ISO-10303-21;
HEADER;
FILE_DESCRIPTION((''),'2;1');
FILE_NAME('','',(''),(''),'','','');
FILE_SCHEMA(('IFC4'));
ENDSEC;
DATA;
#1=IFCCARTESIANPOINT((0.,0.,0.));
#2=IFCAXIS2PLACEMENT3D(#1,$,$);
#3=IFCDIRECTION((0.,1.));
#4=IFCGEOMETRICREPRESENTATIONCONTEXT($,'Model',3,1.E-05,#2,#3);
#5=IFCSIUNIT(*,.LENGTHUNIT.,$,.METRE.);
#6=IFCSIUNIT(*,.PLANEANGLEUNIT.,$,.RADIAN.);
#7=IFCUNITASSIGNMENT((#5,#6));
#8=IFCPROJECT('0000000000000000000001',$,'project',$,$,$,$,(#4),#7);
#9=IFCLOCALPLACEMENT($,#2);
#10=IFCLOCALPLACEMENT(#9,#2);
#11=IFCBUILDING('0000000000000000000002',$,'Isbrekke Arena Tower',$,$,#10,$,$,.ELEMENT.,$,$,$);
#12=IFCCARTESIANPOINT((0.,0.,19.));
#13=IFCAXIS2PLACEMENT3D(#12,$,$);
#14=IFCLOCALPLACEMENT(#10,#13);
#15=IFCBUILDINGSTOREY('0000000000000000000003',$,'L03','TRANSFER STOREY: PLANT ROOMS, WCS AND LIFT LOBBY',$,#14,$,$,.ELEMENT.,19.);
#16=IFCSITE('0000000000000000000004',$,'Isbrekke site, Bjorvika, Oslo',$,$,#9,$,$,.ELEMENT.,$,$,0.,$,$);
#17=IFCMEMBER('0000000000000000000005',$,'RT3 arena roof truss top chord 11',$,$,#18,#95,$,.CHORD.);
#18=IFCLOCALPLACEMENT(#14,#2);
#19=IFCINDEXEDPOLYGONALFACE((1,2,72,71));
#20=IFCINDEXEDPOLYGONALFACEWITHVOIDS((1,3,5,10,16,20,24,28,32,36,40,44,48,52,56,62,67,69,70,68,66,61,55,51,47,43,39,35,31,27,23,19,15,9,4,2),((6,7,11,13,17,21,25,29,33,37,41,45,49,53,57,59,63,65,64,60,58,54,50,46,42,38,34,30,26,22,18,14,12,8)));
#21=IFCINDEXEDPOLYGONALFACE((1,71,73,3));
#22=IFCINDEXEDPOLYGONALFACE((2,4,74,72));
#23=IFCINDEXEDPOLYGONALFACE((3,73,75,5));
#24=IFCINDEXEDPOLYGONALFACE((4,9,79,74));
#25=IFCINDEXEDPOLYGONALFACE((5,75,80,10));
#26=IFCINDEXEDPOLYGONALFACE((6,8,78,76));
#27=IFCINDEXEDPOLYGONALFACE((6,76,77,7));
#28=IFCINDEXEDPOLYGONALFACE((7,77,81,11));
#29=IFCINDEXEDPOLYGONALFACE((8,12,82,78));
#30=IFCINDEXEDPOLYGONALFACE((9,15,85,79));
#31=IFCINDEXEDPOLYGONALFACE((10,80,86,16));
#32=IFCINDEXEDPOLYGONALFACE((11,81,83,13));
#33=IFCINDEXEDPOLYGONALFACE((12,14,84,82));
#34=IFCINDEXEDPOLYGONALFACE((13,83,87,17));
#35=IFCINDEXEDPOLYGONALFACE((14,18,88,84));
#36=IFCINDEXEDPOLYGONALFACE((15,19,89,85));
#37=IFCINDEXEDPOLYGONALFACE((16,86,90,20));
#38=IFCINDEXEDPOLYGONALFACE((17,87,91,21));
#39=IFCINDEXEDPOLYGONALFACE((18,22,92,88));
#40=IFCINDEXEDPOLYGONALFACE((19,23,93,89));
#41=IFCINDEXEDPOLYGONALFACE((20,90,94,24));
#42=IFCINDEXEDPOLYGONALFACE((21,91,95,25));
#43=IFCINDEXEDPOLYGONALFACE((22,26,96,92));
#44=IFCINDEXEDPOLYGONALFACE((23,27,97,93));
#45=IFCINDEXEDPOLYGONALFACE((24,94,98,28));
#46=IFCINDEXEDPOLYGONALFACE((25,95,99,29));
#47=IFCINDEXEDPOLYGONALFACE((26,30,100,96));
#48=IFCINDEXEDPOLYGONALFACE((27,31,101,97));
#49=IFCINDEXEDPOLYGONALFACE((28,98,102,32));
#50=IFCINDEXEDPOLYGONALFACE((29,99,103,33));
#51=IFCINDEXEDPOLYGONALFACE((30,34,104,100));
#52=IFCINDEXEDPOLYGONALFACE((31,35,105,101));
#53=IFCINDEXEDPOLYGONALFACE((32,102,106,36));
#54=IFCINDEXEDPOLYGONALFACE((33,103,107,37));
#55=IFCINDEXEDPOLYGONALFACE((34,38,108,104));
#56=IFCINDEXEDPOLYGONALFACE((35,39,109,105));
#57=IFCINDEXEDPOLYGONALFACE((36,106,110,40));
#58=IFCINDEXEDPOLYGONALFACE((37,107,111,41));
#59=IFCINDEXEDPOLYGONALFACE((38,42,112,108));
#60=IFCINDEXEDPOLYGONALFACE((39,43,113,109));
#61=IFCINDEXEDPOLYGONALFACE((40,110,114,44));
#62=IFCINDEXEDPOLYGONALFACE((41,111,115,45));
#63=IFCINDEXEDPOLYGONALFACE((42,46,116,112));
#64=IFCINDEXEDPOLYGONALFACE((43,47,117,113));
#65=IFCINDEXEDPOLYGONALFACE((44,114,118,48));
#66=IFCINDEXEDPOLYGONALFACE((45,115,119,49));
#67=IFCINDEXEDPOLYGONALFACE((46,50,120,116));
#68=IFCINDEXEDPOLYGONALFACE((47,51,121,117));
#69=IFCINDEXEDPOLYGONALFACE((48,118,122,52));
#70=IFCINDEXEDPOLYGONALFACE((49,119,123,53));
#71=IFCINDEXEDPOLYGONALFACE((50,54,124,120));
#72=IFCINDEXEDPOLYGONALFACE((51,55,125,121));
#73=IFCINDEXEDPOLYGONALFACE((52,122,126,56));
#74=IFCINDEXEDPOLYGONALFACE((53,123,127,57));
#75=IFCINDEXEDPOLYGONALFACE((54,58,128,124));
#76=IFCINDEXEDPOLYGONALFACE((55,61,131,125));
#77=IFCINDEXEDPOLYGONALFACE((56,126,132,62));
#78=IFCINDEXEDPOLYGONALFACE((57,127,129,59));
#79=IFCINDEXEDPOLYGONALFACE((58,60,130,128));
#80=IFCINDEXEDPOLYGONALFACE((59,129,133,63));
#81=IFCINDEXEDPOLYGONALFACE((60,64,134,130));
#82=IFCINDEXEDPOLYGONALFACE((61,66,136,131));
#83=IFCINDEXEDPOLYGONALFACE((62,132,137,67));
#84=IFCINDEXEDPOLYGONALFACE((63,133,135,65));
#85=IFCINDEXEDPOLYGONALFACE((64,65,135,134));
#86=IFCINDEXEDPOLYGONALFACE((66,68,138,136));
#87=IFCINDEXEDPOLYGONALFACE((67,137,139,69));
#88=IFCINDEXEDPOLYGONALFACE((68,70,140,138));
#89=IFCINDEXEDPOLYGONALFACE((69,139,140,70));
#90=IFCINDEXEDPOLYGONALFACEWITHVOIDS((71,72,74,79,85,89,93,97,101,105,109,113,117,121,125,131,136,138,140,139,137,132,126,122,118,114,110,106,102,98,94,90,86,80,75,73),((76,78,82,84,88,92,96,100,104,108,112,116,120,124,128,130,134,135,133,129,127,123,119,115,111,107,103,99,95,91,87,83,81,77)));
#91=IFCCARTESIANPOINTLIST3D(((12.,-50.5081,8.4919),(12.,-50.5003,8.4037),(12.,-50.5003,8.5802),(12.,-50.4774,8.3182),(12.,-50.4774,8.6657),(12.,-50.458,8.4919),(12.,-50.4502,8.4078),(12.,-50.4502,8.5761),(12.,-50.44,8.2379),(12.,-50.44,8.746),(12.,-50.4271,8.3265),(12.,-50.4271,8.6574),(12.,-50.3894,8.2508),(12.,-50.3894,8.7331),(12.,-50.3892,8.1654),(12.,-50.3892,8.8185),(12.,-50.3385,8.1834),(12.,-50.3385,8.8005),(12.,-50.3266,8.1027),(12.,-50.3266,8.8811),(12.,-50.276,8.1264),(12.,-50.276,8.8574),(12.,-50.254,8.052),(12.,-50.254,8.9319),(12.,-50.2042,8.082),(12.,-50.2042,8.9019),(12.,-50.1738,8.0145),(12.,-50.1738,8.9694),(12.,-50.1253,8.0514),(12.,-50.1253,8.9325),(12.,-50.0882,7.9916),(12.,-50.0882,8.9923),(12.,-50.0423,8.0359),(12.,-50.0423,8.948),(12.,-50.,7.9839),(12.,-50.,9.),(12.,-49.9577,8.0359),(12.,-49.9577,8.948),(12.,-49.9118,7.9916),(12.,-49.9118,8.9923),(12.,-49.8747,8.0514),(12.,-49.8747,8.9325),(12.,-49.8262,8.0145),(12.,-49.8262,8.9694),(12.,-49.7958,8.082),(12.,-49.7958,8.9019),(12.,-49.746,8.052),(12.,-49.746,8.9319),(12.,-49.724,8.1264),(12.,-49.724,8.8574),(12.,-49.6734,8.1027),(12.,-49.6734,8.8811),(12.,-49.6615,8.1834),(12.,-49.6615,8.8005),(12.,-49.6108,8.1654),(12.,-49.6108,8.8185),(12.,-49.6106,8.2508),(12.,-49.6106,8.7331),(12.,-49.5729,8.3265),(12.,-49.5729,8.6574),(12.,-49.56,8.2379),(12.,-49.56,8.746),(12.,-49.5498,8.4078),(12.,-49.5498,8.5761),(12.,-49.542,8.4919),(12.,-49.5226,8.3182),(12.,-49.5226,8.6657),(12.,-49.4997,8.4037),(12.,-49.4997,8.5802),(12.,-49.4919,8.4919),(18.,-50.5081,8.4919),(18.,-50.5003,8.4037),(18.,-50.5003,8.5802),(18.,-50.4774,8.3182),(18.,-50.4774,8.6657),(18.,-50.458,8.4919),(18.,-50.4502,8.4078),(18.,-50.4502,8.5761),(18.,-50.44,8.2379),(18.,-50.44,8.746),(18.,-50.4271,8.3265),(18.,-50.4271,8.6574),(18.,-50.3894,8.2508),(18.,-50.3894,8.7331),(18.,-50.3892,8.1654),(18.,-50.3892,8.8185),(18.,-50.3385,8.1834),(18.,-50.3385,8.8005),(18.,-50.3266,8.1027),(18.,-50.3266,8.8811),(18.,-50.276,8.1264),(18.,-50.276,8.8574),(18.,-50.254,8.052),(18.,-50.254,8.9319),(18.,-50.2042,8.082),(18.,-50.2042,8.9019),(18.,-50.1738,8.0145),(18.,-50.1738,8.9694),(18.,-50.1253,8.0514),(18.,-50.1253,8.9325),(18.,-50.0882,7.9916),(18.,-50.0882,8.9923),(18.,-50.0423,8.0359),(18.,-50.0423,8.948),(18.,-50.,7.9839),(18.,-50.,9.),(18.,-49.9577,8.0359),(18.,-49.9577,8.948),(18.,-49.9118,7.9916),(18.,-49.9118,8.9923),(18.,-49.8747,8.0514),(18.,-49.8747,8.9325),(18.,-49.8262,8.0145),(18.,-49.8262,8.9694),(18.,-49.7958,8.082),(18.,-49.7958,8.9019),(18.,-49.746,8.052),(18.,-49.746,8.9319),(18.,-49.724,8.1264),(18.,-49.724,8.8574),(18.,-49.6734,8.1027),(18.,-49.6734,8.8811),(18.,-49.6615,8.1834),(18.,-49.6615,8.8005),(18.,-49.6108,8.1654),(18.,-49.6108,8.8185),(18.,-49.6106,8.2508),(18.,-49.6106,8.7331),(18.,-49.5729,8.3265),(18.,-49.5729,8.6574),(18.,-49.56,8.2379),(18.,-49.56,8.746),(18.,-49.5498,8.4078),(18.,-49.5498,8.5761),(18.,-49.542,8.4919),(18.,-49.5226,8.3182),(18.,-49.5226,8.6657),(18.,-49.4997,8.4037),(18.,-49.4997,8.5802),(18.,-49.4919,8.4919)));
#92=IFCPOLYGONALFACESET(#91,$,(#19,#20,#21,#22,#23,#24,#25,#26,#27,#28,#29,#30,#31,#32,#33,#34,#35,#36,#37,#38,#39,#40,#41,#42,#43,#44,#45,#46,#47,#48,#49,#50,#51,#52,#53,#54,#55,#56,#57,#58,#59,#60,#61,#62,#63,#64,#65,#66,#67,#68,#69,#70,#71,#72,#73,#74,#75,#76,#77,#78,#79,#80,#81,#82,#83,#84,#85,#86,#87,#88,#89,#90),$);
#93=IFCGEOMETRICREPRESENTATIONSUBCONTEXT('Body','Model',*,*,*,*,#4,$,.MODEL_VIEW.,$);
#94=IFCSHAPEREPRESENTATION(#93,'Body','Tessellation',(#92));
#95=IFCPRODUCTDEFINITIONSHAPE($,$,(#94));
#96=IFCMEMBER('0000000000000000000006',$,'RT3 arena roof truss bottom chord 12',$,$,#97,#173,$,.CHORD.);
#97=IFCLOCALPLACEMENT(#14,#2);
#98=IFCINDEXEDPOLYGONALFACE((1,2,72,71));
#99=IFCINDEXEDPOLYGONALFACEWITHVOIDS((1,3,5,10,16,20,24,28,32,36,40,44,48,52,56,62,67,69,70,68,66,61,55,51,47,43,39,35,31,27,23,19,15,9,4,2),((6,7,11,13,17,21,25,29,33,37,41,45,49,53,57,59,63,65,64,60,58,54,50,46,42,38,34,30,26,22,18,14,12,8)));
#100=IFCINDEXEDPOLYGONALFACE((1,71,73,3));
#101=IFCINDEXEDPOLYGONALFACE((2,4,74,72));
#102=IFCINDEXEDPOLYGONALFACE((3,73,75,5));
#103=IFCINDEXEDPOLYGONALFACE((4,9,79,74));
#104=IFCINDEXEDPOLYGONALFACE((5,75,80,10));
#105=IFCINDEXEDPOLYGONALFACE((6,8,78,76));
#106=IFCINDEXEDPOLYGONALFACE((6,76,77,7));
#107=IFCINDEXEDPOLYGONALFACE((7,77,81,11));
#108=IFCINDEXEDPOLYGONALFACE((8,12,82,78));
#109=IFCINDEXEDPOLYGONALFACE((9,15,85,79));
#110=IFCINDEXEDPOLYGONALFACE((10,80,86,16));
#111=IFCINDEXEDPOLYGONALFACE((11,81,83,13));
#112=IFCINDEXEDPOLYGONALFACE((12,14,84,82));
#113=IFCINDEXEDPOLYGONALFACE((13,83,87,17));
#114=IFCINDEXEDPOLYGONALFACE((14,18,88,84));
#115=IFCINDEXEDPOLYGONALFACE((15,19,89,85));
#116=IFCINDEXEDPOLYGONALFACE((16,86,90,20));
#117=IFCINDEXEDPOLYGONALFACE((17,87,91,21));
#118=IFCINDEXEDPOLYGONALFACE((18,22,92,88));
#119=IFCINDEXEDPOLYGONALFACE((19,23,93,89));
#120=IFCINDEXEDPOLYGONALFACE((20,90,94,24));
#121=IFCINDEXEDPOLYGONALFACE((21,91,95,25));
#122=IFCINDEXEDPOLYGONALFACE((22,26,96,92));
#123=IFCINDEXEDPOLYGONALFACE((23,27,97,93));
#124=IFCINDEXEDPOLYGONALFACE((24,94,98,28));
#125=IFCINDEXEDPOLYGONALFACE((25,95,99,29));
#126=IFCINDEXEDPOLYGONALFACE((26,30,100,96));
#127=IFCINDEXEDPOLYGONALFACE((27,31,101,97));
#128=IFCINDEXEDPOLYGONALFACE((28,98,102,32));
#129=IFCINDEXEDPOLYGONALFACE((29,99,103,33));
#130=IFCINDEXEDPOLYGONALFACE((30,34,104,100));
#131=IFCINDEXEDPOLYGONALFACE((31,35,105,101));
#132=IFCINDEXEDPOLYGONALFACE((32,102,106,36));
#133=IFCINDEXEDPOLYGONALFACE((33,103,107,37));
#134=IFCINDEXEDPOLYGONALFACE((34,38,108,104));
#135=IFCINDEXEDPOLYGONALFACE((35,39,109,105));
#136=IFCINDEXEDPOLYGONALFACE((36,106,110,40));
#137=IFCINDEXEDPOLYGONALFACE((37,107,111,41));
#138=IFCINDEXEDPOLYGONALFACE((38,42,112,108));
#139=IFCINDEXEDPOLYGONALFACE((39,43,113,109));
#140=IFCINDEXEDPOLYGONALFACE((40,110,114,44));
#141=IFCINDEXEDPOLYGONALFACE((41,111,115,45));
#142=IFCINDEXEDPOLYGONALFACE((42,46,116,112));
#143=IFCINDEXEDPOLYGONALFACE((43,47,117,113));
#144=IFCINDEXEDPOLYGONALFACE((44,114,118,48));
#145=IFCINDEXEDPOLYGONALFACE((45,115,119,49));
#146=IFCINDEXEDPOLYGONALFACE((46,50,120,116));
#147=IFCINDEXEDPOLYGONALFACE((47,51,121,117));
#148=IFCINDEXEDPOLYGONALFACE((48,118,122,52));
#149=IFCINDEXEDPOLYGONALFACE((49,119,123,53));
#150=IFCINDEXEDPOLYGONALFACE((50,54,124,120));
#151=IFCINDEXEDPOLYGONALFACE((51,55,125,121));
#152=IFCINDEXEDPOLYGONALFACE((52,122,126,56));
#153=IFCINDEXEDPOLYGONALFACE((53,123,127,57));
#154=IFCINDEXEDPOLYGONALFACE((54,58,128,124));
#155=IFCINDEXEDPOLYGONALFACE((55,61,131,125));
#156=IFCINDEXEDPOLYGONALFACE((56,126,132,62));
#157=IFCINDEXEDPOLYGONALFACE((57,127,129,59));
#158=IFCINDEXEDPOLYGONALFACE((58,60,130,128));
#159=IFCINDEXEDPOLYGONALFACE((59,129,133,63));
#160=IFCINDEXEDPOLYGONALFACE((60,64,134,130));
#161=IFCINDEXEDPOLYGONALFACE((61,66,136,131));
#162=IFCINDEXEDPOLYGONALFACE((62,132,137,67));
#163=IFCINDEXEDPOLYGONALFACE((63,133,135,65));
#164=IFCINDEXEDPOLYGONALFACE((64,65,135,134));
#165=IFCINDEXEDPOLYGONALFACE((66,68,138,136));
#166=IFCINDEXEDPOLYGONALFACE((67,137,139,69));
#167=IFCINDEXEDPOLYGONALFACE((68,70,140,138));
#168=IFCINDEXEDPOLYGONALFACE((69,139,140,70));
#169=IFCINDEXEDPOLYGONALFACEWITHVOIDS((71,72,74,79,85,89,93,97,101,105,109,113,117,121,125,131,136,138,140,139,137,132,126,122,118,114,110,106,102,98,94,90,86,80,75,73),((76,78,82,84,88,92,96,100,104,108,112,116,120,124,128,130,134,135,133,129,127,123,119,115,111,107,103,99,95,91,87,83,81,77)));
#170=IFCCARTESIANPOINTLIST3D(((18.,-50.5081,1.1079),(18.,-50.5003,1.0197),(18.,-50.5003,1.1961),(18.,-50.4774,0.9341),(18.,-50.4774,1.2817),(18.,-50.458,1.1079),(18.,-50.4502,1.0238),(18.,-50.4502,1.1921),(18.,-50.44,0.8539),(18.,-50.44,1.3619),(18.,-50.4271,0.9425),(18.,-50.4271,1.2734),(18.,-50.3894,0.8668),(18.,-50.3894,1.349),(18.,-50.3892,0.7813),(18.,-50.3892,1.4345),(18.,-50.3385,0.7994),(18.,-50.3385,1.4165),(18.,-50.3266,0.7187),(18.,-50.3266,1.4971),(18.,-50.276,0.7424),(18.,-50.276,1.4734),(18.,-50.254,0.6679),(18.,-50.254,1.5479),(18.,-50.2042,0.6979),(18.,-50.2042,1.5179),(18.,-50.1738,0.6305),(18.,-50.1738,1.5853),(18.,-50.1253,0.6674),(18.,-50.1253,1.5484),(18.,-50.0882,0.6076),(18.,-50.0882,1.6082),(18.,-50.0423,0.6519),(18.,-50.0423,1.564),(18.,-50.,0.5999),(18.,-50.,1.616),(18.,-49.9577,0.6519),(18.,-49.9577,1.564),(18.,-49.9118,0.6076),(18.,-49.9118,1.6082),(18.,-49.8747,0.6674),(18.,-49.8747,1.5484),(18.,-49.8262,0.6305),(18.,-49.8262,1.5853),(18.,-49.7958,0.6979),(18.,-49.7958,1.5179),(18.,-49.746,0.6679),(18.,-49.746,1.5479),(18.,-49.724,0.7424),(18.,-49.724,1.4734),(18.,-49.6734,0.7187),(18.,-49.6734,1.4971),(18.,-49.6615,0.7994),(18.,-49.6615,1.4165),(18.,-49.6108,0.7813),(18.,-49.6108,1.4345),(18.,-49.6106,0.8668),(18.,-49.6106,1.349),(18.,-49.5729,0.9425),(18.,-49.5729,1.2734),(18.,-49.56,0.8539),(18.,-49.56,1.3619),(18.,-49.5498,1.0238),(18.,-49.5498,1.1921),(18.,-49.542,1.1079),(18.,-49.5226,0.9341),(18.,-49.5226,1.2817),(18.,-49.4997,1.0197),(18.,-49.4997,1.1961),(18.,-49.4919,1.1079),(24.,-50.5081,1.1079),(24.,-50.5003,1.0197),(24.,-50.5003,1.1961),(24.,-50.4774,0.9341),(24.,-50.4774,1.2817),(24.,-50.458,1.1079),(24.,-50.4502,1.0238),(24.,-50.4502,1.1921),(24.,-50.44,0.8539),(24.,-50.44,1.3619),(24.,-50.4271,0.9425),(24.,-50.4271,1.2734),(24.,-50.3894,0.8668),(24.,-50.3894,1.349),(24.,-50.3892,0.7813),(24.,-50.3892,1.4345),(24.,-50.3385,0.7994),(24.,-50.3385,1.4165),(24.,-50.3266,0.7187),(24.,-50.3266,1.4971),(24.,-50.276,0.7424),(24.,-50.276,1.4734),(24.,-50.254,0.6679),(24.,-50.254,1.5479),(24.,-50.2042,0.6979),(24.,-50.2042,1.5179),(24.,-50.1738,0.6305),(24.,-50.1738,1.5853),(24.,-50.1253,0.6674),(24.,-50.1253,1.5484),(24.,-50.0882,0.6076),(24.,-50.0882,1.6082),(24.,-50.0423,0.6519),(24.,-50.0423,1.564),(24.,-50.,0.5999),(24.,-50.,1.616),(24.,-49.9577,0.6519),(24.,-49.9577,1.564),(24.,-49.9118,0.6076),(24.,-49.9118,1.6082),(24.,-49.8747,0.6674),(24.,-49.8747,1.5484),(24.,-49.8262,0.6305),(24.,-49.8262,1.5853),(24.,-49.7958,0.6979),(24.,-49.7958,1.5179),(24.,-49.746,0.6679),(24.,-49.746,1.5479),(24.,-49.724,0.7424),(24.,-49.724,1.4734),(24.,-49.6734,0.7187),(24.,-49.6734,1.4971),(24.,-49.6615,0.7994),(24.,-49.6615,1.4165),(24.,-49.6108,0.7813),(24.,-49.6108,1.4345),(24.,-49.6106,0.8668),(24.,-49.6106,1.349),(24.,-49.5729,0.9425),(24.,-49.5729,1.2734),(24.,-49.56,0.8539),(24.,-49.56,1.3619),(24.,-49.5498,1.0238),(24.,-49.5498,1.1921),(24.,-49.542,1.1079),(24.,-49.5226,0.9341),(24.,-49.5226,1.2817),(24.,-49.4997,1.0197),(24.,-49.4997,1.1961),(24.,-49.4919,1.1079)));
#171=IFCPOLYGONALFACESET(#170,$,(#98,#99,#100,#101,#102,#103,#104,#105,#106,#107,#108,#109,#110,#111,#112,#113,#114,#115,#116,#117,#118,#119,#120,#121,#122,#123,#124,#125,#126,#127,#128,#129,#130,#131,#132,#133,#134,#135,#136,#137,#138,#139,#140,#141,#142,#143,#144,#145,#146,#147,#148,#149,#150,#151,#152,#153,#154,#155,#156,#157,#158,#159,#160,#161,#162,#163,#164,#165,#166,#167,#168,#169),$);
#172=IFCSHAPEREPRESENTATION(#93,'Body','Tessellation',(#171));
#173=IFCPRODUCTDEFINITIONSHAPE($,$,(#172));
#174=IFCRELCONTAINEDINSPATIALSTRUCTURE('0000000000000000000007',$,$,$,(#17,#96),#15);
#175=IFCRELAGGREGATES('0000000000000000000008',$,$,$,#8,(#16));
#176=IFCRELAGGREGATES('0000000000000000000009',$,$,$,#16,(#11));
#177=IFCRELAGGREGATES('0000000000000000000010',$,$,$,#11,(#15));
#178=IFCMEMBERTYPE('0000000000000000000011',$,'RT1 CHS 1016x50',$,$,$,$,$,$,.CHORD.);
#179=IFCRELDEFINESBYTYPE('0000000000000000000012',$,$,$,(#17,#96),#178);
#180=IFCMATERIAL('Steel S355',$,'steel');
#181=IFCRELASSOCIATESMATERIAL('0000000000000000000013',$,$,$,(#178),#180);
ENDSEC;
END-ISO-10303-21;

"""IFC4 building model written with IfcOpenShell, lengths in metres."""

from ifc_helpers import new_model, si_unit, direction, frame, origin, origin_2d, place, context, subcontext, project, spatial, hollow_circle, extrude, material, material_profile, profile_set, type_object, element, save


model = new_model("IFC4")

# Units and contexts
model_context = context("Model", 3, precision=1e-05, world=origin(), true_north=direction((0.0, 1.0)))
body_context = subcontext(model_context, "Body", "Model", "MODEL_VIEW")
ifc_project = project(units=[si_unit("LENGTHUNIT", "METRE"), si_unit("PLANEANGLEUNIT", "RADIAN")], contexts=[model_context])

# Site, building, storey
site_placement = place(None, origin())
site = spatial("IfcSite", under=ifc_project, at=site_placement, Name="Isbrekke site, Bjorvika, Oslo", CompositionType="ELEMENT", RefElevation=0.0)
building_placement = place(site_placement, origin())
building = spatial("IfcBuilding", under=site, at=building_placement, Name="Isbrekke Arena Tower", CompositionType="ELEMENT")
storey_placement = place(building_placement, frame((0.0, 0.0, 19.0)))
storey = spatial("IfcBuildingStorey", under=building, at=storey_placement, Name="L03", Description="TRANSFER STOREY: PLANT ROOMS, WCS AND LIFT LOBBY", CompositionType="ELEMENT", Elevation=19.0)

# Members
ifc_material_1 = material(Name="Steel S355", Category="steel")
ifc_material_profile_1 = material_profile(ifc_material_1, hollow_circle(Radius=0.5081, WallThickness=0.05, at=origin_2d()), Name="CHS 1016x50")
ifc_profile_set_1 = profile_set([ifc_material_profile_1], Name="Steel S355")
member_type_1 = type_object("IfcMemberType", Name="RT1 CHS 1016x50", PredefinedType="CHORD", material=ifc_profile_set_1)
for number, where, z_axis, x_axis, name in (
    (1, (12.0, -50.0, 8.4919), (1.0, 0.0, 0.0), (0.0, 1.0, 0.0), "RT3 arena roof truss top chord 11"),
    (2, (18.0, -50.0, 1.1079), (1.0, 0.0, 0.0), (0.0, 1.0, 0.0), "RT3 arena roof truss bottom chord 12"),
):
    element("IfcMember", number, at=place(storey_placement, frame(where, z_axis=z_axis, x_axis=x_axis)), inside=storey, type_object=member_type_1, Name=name, PredefinedType="CHORD", context=body_context, shape_type="SweptSolid", body=[
        extrude(hollow_circle(Radius=0.5081, WallThickness=0.05, at=origin_2d()), origin(), (0.0, 0.0, 1.0), 6.0),
    ])

save(model, "model.ifc")
